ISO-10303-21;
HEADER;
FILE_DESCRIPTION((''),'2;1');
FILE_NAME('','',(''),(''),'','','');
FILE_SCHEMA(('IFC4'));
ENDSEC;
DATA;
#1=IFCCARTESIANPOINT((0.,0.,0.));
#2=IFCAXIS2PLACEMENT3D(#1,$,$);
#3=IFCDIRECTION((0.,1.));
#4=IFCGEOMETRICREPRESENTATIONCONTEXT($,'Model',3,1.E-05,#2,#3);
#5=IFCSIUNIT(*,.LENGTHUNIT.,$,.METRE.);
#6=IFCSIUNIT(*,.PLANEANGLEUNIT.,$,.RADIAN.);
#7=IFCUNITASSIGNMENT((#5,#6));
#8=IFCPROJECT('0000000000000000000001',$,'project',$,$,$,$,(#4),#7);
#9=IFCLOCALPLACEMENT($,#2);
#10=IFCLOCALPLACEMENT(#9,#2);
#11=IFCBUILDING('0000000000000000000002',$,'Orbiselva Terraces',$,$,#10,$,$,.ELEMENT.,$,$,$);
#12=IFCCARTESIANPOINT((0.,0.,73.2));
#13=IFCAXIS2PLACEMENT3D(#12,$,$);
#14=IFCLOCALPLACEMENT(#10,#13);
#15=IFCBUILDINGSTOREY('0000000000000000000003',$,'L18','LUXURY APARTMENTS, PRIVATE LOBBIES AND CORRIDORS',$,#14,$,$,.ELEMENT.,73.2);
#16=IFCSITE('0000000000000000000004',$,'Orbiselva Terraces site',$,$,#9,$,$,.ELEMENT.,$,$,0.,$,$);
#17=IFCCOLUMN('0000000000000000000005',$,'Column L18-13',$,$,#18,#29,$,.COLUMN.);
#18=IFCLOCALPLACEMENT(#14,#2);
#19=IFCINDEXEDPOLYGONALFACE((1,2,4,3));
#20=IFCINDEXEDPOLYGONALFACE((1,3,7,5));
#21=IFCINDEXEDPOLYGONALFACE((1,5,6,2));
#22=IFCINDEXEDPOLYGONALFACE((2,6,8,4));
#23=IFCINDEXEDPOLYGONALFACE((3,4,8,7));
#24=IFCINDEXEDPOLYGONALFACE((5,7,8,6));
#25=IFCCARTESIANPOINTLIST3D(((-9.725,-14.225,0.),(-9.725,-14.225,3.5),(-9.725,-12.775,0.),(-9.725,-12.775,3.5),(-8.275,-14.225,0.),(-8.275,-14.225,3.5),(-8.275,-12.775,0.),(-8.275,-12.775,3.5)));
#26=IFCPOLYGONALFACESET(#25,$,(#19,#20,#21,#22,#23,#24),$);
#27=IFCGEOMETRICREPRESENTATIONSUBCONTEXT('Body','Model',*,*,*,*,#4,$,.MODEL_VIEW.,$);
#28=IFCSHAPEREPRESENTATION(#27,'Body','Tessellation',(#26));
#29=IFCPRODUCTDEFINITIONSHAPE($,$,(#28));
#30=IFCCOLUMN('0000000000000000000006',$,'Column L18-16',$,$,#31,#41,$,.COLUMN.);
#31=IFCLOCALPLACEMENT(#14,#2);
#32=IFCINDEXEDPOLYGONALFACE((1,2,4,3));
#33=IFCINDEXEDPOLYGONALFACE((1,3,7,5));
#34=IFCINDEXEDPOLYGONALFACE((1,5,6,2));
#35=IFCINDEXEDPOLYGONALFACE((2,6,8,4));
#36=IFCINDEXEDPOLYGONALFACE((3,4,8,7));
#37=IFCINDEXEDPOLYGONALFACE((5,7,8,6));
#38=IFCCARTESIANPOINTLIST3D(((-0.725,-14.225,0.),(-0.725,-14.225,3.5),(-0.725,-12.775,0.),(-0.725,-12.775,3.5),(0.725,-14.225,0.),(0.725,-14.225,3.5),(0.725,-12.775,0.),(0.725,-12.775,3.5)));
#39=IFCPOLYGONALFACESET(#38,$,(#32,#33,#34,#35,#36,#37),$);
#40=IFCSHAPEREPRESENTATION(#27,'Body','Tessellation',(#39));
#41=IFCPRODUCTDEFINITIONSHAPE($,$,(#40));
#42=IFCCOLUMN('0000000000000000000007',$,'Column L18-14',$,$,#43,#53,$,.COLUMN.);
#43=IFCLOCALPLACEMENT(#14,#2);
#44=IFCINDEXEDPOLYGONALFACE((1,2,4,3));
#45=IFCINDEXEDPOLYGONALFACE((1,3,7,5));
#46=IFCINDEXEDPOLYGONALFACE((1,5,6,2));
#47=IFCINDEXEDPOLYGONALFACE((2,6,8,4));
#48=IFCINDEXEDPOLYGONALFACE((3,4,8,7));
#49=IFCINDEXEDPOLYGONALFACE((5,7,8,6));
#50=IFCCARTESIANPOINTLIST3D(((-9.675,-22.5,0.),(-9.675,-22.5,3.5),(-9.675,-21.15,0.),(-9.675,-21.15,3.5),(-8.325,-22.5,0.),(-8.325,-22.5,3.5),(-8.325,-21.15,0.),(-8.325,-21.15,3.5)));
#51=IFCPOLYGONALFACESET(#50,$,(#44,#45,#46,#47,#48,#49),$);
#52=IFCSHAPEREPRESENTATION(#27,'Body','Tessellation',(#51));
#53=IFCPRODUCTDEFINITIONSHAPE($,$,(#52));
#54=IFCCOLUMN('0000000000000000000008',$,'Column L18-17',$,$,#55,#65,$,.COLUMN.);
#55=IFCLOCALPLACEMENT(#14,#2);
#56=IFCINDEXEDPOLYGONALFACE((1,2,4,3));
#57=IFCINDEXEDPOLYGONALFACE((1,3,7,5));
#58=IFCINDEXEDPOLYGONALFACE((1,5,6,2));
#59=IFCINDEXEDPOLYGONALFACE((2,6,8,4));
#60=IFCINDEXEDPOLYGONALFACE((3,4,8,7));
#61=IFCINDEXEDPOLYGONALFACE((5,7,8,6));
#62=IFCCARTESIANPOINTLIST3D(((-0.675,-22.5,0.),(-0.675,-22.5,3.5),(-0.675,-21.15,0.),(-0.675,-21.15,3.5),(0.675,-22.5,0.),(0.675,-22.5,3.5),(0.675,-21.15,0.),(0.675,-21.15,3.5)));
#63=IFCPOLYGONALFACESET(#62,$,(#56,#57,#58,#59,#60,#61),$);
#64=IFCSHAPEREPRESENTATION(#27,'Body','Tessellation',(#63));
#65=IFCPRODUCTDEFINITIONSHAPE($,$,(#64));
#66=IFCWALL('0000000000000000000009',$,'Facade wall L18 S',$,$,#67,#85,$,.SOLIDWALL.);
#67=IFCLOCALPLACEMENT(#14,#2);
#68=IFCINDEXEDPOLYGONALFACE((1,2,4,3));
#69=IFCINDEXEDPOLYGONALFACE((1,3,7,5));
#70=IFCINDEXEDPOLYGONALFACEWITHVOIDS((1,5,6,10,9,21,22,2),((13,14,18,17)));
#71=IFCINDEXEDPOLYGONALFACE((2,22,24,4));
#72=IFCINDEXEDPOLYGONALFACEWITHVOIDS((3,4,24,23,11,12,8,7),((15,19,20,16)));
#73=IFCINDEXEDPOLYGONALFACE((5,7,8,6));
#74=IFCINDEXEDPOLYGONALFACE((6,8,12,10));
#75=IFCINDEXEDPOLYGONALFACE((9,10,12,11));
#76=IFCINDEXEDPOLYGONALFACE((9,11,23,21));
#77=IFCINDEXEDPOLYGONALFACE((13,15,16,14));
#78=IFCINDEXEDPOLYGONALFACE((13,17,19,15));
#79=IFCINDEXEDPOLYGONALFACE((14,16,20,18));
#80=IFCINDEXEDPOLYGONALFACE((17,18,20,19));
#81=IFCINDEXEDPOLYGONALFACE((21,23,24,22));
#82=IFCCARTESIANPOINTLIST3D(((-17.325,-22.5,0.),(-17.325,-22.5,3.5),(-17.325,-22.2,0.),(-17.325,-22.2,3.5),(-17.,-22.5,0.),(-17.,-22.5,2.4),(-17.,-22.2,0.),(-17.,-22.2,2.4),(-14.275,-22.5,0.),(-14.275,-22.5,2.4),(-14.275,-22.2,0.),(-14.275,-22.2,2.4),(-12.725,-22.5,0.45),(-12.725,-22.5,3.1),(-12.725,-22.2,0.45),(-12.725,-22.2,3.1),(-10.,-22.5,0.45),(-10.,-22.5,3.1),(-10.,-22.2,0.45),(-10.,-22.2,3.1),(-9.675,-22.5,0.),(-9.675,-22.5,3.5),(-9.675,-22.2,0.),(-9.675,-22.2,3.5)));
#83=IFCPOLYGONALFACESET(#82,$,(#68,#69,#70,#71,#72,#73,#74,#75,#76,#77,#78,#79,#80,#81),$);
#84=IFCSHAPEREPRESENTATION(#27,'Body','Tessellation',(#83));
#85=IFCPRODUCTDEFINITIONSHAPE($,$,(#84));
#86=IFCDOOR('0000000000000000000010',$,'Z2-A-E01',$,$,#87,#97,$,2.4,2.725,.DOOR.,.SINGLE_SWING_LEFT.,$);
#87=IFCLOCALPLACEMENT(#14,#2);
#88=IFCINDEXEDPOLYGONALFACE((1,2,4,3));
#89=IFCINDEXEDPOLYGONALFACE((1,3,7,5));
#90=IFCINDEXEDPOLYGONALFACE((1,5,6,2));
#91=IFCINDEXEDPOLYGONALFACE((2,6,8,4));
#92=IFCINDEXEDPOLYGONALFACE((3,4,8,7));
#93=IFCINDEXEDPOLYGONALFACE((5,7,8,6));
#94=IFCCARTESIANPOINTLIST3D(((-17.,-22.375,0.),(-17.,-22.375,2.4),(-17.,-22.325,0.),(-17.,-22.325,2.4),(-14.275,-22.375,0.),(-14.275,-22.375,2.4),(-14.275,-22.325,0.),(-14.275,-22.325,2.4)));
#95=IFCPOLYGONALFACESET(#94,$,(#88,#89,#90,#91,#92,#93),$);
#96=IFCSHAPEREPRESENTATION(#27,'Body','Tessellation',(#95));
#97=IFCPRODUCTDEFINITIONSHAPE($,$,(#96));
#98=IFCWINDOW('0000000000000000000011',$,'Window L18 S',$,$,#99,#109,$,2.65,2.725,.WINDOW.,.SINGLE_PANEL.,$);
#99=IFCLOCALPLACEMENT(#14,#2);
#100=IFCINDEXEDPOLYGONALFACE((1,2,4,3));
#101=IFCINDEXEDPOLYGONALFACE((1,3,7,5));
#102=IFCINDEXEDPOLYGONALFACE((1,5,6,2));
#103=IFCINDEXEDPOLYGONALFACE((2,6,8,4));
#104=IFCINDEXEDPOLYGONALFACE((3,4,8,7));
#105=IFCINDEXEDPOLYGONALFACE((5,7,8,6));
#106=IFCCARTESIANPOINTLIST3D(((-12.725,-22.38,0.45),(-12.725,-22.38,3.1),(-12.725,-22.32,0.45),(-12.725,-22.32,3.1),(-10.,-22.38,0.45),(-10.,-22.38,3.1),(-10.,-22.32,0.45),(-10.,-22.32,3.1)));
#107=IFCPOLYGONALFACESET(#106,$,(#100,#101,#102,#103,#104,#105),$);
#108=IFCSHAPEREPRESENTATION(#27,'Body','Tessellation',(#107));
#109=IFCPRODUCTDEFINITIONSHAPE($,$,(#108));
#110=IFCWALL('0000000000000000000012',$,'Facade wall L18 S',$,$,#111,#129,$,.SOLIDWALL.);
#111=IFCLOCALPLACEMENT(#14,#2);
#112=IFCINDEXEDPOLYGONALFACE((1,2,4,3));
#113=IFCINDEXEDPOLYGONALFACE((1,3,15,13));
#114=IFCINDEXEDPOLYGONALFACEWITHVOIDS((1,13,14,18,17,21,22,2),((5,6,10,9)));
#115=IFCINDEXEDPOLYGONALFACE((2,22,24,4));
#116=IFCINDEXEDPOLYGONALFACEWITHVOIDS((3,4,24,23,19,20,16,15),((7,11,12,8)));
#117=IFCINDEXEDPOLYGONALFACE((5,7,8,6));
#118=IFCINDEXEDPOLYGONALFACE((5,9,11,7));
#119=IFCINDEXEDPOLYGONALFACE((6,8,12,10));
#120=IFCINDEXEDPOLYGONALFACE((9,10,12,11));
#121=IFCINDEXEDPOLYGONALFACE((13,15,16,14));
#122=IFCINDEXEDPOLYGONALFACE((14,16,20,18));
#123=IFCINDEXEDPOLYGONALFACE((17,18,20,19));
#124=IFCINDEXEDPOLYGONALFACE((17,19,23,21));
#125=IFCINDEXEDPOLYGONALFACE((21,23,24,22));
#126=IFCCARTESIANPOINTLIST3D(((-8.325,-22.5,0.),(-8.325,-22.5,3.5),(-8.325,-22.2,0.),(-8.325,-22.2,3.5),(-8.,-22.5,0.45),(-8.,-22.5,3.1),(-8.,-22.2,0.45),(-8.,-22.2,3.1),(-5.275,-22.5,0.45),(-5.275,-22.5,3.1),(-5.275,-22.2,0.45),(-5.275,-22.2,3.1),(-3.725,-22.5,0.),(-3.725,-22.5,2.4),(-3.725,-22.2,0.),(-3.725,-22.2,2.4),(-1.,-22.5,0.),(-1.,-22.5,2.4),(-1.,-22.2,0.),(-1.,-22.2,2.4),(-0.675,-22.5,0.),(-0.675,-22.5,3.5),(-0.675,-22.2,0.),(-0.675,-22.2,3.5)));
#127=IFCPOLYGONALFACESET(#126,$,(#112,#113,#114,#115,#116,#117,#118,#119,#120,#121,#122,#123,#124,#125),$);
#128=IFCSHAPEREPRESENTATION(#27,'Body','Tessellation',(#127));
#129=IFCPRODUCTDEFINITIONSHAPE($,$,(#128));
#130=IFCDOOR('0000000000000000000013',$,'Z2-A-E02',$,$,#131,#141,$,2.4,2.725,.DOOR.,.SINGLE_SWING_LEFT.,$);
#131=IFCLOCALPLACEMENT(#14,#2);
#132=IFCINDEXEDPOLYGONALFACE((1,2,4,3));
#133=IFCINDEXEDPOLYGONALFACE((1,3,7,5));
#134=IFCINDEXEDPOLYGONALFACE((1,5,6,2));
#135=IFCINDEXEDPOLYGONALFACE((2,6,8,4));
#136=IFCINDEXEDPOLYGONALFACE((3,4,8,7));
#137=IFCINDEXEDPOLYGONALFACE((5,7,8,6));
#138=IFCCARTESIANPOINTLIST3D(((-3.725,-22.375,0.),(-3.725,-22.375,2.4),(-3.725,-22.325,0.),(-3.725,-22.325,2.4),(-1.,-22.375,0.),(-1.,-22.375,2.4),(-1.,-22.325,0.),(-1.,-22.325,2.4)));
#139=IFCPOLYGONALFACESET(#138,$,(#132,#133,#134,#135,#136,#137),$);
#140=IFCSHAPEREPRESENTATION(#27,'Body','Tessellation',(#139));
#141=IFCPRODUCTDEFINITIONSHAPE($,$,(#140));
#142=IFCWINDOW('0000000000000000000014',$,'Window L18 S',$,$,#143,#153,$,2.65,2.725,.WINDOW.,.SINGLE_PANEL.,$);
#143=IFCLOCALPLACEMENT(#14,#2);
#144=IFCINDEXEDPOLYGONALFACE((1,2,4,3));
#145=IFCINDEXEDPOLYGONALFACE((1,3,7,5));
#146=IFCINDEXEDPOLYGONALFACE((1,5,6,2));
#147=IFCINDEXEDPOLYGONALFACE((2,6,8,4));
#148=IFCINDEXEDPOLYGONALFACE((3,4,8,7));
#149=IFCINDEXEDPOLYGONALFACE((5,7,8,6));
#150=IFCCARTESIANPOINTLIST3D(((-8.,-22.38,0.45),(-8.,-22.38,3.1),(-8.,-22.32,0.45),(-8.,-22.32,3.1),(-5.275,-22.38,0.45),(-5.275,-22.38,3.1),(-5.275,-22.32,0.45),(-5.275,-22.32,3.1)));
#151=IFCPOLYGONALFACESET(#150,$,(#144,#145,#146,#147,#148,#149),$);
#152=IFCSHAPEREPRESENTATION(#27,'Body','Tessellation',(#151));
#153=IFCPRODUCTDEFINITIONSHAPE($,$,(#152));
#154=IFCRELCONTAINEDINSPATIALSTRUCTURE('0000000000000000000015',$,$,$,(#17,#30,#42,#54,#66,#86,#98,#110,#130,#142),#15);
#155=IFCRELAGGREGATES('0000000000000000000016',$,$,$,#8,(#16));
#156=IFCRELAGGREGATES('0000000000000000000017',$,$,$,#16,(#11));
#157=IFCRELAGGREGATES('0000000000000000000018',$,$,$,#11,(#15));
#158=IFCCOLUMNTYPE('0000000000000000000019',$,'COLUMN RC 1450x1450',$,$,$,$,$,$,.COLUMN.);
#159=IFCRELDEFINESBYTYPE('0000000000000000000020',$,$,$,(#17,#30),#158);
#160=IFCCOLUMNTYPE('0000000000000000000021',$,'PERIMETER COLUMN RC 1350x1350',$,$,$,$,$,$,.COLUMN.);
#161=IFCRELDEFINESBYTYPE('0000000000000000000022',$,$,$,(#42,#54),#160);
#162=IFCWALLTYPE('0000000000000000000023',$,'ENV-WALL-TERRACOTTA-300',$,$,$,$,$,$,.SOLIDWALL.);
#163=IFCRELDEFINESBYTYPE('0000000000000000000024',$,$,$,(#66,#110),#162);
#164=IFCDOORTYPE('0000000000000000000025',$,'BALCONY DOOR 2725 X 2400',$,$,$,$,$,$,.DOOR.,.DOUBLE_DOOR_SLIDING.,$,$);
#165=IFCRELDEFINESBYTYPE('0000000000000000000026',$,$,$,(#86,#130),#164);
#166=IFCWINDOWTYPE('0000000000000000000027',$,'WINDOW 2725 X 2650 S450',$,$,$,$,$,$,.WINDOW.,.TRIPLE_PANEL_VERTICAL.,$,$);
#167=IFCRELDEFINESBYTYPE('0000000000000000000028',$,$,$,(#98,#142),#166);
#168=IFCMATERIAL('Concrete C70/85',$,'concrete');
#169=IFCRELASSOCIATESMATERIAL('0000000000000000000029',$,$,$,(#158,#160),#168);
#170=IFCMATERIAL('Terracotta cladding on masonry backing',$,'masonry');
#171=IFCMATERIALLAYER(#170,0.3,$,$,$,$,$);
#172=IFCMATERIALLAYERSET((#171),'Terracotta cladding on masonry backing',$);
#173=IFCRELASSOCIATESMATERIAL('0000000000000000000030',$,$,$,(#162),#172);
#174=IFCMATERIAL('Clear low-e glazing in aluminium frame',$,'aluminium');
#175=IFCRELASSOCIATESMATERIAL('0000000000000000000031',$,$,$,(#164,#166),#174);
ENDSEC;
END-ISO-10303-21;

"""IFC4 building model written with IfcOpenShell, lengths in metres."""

from ifc_helpers import new_model, si_unit, direction, frame, frame_2d, origin, origin_2d, place, context, subcontext, project, spatial, rectangle, extrude, material, layer, layer_set, material_profile, profile_set, type_object, element, fill, save


model = new_model("IFC4")

# Units and contexts
model_context = context("Model", 3, precision=1e-05, world=origin(), true_north=direction((0.0, 1.0)))
body_context = subcontext(model_context, "Body", "Model", "MODEL_VIEW")
ifc_project = project(units=[si_unit("LENGTHUNIT", "METRE"), si_unit("PLANEANGLEUNIT", "RADIAN")], contexts=[model_context])

# Site, building, storey
site_placement = place(None, origin())
site = spatial("IfcSite", under=ifc_project, at=site_placement, Name="Orbiselva Terraces site", CompositionType="ELEMENT", RefElevation=0.0)
building_placement = place(site_placement, origin())
building = spatial("IfcBuilding", under=site, at=building_placement, Name="Orbiselva Terraces", CompositionType="ELEMENT")
storey_placement = place(building_placement, frame((0.0, 0.0, 73.2)))
storey = spatial("IfcBuildingStorey", under=building, at=storey_placement, Name="L18", Description="LUXURY APARTMENTS, PRIVATE LOBBIES AND CORRIDORS", CompositionType="ELEMENT", Elevation=73.2)

# Columns
ifc_material_1 = material(Name="Concrete C70/85", Category="concrete")
ifc_material_profile_1 = material_profile(ifc_material_1, rectangle(XDim=1.45, YDim=1.45, at=origin_2d()), Name="RC 1450x1450")
ifc_profile_set_1 = profile_set([ifc_material_profile_1], Name="Concrete C70/85")
column_type_1 = type_object("IfcColumnType", Name="COLUMN RC 1450x1450", PredefinedType="COLUMN", material=ifc_profile_set_1)
for number, where, z_axis, x_axis, name in (
    (1, (-9.0, -13.5, 0.0), (0.0, 0.0, 1.0), (1.0, 0.0, 0.0), "Column L18-13"),
    (2, (0.0, -13.5, 0.0), (0.0, 0.0, 1.0), (1.0, 0.0, 0.0), "Column L18-16"),
):
    element("IfcColumn", number, at=place(storey_placement, frame(where, z_axis=z_axis, x_axis=x_axis)), inside=storey, type_object=column_type_1, Name=name, PredefinedType="COLUMN", context=body_context, shape_type="SweptSolid", body=[
        extrude(rectangle(XDim=1.45, YDim=1.45, at=origin_2d()), origin(), (0.0, 0.0, 1.0), 3.5),
    ])
ifc_material_profile_2 = material_profile(ifc_material_1, rectangle(XDim=1.35, YDim=1.35, at=origin_2d()), Name="RC 1350x1350")
ifc_profile_set_2 = profile_set([ifc_material_profile_2], Name="Concrete C70/85")
column_type_2 = type_object("IfcColumnType", Name="PERIMETER COLUMN RC 1350x1350", PredefinedType="COLUMN", material=ifc_profile_set_2)
for number, where, z_axis, x_axis, name in (
    (3, (-9.0, -21.825, 0.0), (0.0, 0.0, 1.0), (1.0, 0.0, 0.0), "Column L18-14"),
    (4, (0.0, -21.825, 0.0), (0.0, 0.0, 1.0), (1.0, 0.0, 0.0), "Column L18-17"),
):
    element("IfcColumn", number, at=place(storey_placement, frame(where, z_axis=z_axis, x_axis=x_axis)), inside=storey, type_object=column_type_2, Name=name, PredefinedType="COLUMN", context=body_context, shape_type="SweptSolid", body=[
        extrude(rectangle(XDim=1.35, YDim=1.35, at=origin_2d()), origin(), (0.0, 0.0, 1.0), 3.5),
    ])

# Walls, openings, doors, windows
ifc_material_2 = material(Name="Terracotta cladding on masonry backing", Category="masonry")
ifc_layer_1 = layer(ifc_material_2, 0.3)
ifc_layer_set_1 = layer_set([ifc_layer_1], Name="Terracotta cladding on masonry backing")
wall_type_1 = type_object("IfcWallType", Name="ENV-WALL-TERRACOTTA-300", PredefinedType="SOLIDWALL", material=ifc_layer_set_1)
wall_1_placement = place(storey_placement, frame((-9.675, -22.35, 0.0), z_axis=(0.0, 0.0, 1.0), x_axis=(-1.0, 0.0, 0.0)))
wall_1 = element("IfcWall", 5, at=wall_1_placement, inside=storey, type_object=wall_type_1, Name="Facade wall L18 S", PredefinedType="SOLIDWALL", context=body_context, shape_type="SweptSolid", body=[
    extrude(rectangle(XDim=7.65, YDim=0.3, at=frame_2d((3.825, 0.0))), origin(), (0.0, 0.0, 1.0), 3.5),
])
opening_1_placement = place(wall_1_placement, frame((4.6, 0.0, 0.0)))
opening_1 = element("IfcOpeningElement", 6, at=opening_1_placement, cuts=wall_1, PredefinedType="OPENING", context=body_context, shape_type="SweptSolid", body=[
    extrude(rectangle(XDim=2.725, YDim=2.4, at=frame_2d((1.3625, 1.2))), frame((0.0, 0.16, 0.0), z_axis=(0.0, -1.0, 0.0), x_axis=(1.0, 0.0, 0.0)), (0.0, 0.0, 1.0), 0.32),
])
opening_2_placement = place(wall_1_placement, frame((0.325, 0.0, 0.45)))
opening_2 = element("IfcOpeningElement", 7, at=opening_2_placement, cuts=wall_1, PredefinedType="OPENING", context=body_context, shape_type="SweptSolid", body=[
    extrude(rectangle(XDim=2.725, YDim=2.65, at=frame_2d((1.3625, 1.325))), frame((0.0, 0.16, 0.0), z_axis=(0.0, -1.0, 0.0), x_axis=(1.0, 0.0, 0.0)), (0.0, 0.0, 1.0), 0.32),
])
ifc_material_3 = material(Name="Clear low-e glazing in aluminium frame", Category="aluminium")
door_type_1 = type_object("IfcDoorType", Name="BALCONY DOOR 2725 X 2400", OperationType="DOUBLE_DOOR_SLIDING", PredefinedType="DOOR", material=ifc_material_3)
door_1_placement = place(opening_1_placement, origin())
door_1 = element("IfcDoor", 8, at=door_1_placement, inside=storey, type_object=door_type_1, Name="Z2-A-E01", OperationType="SINGLE_SWING_LEFT", OverallHeight=2.4, OverallWidth=2.725, PredefinedType="DOOR", context=body_context, shape_type="SweptSolid", body=[
    extrude(rectangle(XDim=2.725, YDim=2.4, at=frame_2d((1.3625, 1.2))), frame((0.0, 0.025, 0.0), z_axis=(0.0, -1.0, 0.0), x_axis=(1.0, 0.0, 0.0)), (0.0, 0.0, 1.0), 0.05),
])
fill(opening_1, door_1)
window_type = type_object("IfcWindowType", Name="WINDOW 2725 X 2650 S450", PartitioningType="TRIPLE_PANEL_VERTICAL", PredefinedType="WINDOW", material=ifc_material_3)
window_1_placement = place(opening_2_placement, origin())
window_1 = element("IfcWindow", 9, at=window_1_placement, inside=storey, type_object=window_type, Name="Window L18 S", OverallHeight=2.65, OverallWidth=2.725, PartitioningType="SINGLE_PANEL", PredefinedType="WINDOW", context=body_context, shape_type="SweptSolid", body=[
    extrude(rectangle(XDim=2.725, YDim=2.65, at=frame_2d((1.3625, 1.325))), frame((0.0, 0.03, 0.0), z_axis=(0.0, -1.0, 0.0), x_axis=(1.0, 0.0, 0.0)), (0.0, 0.0, 1.0), 0.06),
])
fill(opening_2, window_1)
wall_2_placement = place(storey_placement, frame((-0.675, -22.35, 0.0), z_axis=(0.0, 0.0, 1.0), x_axis=(-1.0, 0.0, 0.0)))
wall_2 = element("IfcWall", 10, at=wall_2_placement, inside=storey, type_object=wall_type_1, Name="Facade wall L18 S", PredefinedType="SOLIDWALL", context=body_context, shape_type="SweptSolid", body=[
    extrude(rectangle(XDim=7.65, YDim=0.3, at=frame_2d((3.825, 0.0))), origin(), (0.0, 0.0, 1.0), 3.5),
])
opening_3_placement = place(wall_2_placement, frame((4.6, 0.0, 0.45)))
opening_3 = element("IfcOpeningElement", 11, at=opening_3_placement, cuts=wall_2, PredefinedType="OPENING", context=body_context, shape_type="SweptSolid", body=[
    extrude(rectangle(XDim=2.725, YDim=2.65, at=frame_2d((1.3625, 1.325))), frame((0.0, 0.16, 0.0), z_axis=(0.0, -1.0, 0.0), x_axis=(1.0, 0.0, 0.0)), (0.0, 0.0, 1.0), 0.32),
])
opening_4_placement = place(wall_2_placement, frame((0.325, 0.0, 0.0)))
opening_4 = element("IfcOpeningElement", 12, at=opening_4_placement, cuts=wall_2, PredefinedType="OPENING", context=body_context, shape_type="SweptSolid", body=[
    extrude(rectangle(XDim=2.725, YDim=2.4, at=frame_2d((1.3625, 1.2))), frame((0.0, 0.16, 0.0), z_axis=(0.0, -1.0, 0.0), x_axis=(1.0, 0.0, 0.0)), (0.0, 0.0, 1.0), 0.32),
])
door_2_placement = place(opening_4_placement, origin())
door_2 = element("IfcDoor", 13, at=door_2_placement, inside=storey, type_object=door_type_1, Name="Z2-A-E02", OperationType="SINGLE_SWING_LEFT", OverallHeight=2.4, OverallWidth=2.725, PredefinedType="DOOR", context=body_context, shape_type="SweptSolid", body=[
    extrude(rectangle(XDim=2.725, YDim=2.4, at=frame_2d((1.3625, 1.2))), frame((0.0, 0.025, 0.0), z_axis=(0.0, -1.0, 0.0), x_axis=(1.0, 0.0, 0.0)), (0.0, 0.0, 1.0), 0.05),
])
fill(opening_4, door_2)
window_2_placement = place(opening_3_placement, origin())
window_2 = element("IfcWindow", 14, at=window_2_placement, inside=storey, type_object=window_type, Name="Window L18 S", OverallHeight=2.65, OverallWidth=2.725, PartitioningType="SINGLE_PANEL", PredefinedType="WINDOW", context=body_context, shape_type="SweptSolid", body=[
    extrude(rectangle(XDim=2.725, YDim=2.65, at=frame_2d((1.3625, 1.325))), frame((0.0, 0.03, 0.0), z_axis=(0.0, -1.0, 0.0), x_axis=(1.0, 0.0, 0.0)), (0.0, 0.0, 1.0), 0.06),
])
fill(opening_3, window_2)

save(model, "model.ifc")
